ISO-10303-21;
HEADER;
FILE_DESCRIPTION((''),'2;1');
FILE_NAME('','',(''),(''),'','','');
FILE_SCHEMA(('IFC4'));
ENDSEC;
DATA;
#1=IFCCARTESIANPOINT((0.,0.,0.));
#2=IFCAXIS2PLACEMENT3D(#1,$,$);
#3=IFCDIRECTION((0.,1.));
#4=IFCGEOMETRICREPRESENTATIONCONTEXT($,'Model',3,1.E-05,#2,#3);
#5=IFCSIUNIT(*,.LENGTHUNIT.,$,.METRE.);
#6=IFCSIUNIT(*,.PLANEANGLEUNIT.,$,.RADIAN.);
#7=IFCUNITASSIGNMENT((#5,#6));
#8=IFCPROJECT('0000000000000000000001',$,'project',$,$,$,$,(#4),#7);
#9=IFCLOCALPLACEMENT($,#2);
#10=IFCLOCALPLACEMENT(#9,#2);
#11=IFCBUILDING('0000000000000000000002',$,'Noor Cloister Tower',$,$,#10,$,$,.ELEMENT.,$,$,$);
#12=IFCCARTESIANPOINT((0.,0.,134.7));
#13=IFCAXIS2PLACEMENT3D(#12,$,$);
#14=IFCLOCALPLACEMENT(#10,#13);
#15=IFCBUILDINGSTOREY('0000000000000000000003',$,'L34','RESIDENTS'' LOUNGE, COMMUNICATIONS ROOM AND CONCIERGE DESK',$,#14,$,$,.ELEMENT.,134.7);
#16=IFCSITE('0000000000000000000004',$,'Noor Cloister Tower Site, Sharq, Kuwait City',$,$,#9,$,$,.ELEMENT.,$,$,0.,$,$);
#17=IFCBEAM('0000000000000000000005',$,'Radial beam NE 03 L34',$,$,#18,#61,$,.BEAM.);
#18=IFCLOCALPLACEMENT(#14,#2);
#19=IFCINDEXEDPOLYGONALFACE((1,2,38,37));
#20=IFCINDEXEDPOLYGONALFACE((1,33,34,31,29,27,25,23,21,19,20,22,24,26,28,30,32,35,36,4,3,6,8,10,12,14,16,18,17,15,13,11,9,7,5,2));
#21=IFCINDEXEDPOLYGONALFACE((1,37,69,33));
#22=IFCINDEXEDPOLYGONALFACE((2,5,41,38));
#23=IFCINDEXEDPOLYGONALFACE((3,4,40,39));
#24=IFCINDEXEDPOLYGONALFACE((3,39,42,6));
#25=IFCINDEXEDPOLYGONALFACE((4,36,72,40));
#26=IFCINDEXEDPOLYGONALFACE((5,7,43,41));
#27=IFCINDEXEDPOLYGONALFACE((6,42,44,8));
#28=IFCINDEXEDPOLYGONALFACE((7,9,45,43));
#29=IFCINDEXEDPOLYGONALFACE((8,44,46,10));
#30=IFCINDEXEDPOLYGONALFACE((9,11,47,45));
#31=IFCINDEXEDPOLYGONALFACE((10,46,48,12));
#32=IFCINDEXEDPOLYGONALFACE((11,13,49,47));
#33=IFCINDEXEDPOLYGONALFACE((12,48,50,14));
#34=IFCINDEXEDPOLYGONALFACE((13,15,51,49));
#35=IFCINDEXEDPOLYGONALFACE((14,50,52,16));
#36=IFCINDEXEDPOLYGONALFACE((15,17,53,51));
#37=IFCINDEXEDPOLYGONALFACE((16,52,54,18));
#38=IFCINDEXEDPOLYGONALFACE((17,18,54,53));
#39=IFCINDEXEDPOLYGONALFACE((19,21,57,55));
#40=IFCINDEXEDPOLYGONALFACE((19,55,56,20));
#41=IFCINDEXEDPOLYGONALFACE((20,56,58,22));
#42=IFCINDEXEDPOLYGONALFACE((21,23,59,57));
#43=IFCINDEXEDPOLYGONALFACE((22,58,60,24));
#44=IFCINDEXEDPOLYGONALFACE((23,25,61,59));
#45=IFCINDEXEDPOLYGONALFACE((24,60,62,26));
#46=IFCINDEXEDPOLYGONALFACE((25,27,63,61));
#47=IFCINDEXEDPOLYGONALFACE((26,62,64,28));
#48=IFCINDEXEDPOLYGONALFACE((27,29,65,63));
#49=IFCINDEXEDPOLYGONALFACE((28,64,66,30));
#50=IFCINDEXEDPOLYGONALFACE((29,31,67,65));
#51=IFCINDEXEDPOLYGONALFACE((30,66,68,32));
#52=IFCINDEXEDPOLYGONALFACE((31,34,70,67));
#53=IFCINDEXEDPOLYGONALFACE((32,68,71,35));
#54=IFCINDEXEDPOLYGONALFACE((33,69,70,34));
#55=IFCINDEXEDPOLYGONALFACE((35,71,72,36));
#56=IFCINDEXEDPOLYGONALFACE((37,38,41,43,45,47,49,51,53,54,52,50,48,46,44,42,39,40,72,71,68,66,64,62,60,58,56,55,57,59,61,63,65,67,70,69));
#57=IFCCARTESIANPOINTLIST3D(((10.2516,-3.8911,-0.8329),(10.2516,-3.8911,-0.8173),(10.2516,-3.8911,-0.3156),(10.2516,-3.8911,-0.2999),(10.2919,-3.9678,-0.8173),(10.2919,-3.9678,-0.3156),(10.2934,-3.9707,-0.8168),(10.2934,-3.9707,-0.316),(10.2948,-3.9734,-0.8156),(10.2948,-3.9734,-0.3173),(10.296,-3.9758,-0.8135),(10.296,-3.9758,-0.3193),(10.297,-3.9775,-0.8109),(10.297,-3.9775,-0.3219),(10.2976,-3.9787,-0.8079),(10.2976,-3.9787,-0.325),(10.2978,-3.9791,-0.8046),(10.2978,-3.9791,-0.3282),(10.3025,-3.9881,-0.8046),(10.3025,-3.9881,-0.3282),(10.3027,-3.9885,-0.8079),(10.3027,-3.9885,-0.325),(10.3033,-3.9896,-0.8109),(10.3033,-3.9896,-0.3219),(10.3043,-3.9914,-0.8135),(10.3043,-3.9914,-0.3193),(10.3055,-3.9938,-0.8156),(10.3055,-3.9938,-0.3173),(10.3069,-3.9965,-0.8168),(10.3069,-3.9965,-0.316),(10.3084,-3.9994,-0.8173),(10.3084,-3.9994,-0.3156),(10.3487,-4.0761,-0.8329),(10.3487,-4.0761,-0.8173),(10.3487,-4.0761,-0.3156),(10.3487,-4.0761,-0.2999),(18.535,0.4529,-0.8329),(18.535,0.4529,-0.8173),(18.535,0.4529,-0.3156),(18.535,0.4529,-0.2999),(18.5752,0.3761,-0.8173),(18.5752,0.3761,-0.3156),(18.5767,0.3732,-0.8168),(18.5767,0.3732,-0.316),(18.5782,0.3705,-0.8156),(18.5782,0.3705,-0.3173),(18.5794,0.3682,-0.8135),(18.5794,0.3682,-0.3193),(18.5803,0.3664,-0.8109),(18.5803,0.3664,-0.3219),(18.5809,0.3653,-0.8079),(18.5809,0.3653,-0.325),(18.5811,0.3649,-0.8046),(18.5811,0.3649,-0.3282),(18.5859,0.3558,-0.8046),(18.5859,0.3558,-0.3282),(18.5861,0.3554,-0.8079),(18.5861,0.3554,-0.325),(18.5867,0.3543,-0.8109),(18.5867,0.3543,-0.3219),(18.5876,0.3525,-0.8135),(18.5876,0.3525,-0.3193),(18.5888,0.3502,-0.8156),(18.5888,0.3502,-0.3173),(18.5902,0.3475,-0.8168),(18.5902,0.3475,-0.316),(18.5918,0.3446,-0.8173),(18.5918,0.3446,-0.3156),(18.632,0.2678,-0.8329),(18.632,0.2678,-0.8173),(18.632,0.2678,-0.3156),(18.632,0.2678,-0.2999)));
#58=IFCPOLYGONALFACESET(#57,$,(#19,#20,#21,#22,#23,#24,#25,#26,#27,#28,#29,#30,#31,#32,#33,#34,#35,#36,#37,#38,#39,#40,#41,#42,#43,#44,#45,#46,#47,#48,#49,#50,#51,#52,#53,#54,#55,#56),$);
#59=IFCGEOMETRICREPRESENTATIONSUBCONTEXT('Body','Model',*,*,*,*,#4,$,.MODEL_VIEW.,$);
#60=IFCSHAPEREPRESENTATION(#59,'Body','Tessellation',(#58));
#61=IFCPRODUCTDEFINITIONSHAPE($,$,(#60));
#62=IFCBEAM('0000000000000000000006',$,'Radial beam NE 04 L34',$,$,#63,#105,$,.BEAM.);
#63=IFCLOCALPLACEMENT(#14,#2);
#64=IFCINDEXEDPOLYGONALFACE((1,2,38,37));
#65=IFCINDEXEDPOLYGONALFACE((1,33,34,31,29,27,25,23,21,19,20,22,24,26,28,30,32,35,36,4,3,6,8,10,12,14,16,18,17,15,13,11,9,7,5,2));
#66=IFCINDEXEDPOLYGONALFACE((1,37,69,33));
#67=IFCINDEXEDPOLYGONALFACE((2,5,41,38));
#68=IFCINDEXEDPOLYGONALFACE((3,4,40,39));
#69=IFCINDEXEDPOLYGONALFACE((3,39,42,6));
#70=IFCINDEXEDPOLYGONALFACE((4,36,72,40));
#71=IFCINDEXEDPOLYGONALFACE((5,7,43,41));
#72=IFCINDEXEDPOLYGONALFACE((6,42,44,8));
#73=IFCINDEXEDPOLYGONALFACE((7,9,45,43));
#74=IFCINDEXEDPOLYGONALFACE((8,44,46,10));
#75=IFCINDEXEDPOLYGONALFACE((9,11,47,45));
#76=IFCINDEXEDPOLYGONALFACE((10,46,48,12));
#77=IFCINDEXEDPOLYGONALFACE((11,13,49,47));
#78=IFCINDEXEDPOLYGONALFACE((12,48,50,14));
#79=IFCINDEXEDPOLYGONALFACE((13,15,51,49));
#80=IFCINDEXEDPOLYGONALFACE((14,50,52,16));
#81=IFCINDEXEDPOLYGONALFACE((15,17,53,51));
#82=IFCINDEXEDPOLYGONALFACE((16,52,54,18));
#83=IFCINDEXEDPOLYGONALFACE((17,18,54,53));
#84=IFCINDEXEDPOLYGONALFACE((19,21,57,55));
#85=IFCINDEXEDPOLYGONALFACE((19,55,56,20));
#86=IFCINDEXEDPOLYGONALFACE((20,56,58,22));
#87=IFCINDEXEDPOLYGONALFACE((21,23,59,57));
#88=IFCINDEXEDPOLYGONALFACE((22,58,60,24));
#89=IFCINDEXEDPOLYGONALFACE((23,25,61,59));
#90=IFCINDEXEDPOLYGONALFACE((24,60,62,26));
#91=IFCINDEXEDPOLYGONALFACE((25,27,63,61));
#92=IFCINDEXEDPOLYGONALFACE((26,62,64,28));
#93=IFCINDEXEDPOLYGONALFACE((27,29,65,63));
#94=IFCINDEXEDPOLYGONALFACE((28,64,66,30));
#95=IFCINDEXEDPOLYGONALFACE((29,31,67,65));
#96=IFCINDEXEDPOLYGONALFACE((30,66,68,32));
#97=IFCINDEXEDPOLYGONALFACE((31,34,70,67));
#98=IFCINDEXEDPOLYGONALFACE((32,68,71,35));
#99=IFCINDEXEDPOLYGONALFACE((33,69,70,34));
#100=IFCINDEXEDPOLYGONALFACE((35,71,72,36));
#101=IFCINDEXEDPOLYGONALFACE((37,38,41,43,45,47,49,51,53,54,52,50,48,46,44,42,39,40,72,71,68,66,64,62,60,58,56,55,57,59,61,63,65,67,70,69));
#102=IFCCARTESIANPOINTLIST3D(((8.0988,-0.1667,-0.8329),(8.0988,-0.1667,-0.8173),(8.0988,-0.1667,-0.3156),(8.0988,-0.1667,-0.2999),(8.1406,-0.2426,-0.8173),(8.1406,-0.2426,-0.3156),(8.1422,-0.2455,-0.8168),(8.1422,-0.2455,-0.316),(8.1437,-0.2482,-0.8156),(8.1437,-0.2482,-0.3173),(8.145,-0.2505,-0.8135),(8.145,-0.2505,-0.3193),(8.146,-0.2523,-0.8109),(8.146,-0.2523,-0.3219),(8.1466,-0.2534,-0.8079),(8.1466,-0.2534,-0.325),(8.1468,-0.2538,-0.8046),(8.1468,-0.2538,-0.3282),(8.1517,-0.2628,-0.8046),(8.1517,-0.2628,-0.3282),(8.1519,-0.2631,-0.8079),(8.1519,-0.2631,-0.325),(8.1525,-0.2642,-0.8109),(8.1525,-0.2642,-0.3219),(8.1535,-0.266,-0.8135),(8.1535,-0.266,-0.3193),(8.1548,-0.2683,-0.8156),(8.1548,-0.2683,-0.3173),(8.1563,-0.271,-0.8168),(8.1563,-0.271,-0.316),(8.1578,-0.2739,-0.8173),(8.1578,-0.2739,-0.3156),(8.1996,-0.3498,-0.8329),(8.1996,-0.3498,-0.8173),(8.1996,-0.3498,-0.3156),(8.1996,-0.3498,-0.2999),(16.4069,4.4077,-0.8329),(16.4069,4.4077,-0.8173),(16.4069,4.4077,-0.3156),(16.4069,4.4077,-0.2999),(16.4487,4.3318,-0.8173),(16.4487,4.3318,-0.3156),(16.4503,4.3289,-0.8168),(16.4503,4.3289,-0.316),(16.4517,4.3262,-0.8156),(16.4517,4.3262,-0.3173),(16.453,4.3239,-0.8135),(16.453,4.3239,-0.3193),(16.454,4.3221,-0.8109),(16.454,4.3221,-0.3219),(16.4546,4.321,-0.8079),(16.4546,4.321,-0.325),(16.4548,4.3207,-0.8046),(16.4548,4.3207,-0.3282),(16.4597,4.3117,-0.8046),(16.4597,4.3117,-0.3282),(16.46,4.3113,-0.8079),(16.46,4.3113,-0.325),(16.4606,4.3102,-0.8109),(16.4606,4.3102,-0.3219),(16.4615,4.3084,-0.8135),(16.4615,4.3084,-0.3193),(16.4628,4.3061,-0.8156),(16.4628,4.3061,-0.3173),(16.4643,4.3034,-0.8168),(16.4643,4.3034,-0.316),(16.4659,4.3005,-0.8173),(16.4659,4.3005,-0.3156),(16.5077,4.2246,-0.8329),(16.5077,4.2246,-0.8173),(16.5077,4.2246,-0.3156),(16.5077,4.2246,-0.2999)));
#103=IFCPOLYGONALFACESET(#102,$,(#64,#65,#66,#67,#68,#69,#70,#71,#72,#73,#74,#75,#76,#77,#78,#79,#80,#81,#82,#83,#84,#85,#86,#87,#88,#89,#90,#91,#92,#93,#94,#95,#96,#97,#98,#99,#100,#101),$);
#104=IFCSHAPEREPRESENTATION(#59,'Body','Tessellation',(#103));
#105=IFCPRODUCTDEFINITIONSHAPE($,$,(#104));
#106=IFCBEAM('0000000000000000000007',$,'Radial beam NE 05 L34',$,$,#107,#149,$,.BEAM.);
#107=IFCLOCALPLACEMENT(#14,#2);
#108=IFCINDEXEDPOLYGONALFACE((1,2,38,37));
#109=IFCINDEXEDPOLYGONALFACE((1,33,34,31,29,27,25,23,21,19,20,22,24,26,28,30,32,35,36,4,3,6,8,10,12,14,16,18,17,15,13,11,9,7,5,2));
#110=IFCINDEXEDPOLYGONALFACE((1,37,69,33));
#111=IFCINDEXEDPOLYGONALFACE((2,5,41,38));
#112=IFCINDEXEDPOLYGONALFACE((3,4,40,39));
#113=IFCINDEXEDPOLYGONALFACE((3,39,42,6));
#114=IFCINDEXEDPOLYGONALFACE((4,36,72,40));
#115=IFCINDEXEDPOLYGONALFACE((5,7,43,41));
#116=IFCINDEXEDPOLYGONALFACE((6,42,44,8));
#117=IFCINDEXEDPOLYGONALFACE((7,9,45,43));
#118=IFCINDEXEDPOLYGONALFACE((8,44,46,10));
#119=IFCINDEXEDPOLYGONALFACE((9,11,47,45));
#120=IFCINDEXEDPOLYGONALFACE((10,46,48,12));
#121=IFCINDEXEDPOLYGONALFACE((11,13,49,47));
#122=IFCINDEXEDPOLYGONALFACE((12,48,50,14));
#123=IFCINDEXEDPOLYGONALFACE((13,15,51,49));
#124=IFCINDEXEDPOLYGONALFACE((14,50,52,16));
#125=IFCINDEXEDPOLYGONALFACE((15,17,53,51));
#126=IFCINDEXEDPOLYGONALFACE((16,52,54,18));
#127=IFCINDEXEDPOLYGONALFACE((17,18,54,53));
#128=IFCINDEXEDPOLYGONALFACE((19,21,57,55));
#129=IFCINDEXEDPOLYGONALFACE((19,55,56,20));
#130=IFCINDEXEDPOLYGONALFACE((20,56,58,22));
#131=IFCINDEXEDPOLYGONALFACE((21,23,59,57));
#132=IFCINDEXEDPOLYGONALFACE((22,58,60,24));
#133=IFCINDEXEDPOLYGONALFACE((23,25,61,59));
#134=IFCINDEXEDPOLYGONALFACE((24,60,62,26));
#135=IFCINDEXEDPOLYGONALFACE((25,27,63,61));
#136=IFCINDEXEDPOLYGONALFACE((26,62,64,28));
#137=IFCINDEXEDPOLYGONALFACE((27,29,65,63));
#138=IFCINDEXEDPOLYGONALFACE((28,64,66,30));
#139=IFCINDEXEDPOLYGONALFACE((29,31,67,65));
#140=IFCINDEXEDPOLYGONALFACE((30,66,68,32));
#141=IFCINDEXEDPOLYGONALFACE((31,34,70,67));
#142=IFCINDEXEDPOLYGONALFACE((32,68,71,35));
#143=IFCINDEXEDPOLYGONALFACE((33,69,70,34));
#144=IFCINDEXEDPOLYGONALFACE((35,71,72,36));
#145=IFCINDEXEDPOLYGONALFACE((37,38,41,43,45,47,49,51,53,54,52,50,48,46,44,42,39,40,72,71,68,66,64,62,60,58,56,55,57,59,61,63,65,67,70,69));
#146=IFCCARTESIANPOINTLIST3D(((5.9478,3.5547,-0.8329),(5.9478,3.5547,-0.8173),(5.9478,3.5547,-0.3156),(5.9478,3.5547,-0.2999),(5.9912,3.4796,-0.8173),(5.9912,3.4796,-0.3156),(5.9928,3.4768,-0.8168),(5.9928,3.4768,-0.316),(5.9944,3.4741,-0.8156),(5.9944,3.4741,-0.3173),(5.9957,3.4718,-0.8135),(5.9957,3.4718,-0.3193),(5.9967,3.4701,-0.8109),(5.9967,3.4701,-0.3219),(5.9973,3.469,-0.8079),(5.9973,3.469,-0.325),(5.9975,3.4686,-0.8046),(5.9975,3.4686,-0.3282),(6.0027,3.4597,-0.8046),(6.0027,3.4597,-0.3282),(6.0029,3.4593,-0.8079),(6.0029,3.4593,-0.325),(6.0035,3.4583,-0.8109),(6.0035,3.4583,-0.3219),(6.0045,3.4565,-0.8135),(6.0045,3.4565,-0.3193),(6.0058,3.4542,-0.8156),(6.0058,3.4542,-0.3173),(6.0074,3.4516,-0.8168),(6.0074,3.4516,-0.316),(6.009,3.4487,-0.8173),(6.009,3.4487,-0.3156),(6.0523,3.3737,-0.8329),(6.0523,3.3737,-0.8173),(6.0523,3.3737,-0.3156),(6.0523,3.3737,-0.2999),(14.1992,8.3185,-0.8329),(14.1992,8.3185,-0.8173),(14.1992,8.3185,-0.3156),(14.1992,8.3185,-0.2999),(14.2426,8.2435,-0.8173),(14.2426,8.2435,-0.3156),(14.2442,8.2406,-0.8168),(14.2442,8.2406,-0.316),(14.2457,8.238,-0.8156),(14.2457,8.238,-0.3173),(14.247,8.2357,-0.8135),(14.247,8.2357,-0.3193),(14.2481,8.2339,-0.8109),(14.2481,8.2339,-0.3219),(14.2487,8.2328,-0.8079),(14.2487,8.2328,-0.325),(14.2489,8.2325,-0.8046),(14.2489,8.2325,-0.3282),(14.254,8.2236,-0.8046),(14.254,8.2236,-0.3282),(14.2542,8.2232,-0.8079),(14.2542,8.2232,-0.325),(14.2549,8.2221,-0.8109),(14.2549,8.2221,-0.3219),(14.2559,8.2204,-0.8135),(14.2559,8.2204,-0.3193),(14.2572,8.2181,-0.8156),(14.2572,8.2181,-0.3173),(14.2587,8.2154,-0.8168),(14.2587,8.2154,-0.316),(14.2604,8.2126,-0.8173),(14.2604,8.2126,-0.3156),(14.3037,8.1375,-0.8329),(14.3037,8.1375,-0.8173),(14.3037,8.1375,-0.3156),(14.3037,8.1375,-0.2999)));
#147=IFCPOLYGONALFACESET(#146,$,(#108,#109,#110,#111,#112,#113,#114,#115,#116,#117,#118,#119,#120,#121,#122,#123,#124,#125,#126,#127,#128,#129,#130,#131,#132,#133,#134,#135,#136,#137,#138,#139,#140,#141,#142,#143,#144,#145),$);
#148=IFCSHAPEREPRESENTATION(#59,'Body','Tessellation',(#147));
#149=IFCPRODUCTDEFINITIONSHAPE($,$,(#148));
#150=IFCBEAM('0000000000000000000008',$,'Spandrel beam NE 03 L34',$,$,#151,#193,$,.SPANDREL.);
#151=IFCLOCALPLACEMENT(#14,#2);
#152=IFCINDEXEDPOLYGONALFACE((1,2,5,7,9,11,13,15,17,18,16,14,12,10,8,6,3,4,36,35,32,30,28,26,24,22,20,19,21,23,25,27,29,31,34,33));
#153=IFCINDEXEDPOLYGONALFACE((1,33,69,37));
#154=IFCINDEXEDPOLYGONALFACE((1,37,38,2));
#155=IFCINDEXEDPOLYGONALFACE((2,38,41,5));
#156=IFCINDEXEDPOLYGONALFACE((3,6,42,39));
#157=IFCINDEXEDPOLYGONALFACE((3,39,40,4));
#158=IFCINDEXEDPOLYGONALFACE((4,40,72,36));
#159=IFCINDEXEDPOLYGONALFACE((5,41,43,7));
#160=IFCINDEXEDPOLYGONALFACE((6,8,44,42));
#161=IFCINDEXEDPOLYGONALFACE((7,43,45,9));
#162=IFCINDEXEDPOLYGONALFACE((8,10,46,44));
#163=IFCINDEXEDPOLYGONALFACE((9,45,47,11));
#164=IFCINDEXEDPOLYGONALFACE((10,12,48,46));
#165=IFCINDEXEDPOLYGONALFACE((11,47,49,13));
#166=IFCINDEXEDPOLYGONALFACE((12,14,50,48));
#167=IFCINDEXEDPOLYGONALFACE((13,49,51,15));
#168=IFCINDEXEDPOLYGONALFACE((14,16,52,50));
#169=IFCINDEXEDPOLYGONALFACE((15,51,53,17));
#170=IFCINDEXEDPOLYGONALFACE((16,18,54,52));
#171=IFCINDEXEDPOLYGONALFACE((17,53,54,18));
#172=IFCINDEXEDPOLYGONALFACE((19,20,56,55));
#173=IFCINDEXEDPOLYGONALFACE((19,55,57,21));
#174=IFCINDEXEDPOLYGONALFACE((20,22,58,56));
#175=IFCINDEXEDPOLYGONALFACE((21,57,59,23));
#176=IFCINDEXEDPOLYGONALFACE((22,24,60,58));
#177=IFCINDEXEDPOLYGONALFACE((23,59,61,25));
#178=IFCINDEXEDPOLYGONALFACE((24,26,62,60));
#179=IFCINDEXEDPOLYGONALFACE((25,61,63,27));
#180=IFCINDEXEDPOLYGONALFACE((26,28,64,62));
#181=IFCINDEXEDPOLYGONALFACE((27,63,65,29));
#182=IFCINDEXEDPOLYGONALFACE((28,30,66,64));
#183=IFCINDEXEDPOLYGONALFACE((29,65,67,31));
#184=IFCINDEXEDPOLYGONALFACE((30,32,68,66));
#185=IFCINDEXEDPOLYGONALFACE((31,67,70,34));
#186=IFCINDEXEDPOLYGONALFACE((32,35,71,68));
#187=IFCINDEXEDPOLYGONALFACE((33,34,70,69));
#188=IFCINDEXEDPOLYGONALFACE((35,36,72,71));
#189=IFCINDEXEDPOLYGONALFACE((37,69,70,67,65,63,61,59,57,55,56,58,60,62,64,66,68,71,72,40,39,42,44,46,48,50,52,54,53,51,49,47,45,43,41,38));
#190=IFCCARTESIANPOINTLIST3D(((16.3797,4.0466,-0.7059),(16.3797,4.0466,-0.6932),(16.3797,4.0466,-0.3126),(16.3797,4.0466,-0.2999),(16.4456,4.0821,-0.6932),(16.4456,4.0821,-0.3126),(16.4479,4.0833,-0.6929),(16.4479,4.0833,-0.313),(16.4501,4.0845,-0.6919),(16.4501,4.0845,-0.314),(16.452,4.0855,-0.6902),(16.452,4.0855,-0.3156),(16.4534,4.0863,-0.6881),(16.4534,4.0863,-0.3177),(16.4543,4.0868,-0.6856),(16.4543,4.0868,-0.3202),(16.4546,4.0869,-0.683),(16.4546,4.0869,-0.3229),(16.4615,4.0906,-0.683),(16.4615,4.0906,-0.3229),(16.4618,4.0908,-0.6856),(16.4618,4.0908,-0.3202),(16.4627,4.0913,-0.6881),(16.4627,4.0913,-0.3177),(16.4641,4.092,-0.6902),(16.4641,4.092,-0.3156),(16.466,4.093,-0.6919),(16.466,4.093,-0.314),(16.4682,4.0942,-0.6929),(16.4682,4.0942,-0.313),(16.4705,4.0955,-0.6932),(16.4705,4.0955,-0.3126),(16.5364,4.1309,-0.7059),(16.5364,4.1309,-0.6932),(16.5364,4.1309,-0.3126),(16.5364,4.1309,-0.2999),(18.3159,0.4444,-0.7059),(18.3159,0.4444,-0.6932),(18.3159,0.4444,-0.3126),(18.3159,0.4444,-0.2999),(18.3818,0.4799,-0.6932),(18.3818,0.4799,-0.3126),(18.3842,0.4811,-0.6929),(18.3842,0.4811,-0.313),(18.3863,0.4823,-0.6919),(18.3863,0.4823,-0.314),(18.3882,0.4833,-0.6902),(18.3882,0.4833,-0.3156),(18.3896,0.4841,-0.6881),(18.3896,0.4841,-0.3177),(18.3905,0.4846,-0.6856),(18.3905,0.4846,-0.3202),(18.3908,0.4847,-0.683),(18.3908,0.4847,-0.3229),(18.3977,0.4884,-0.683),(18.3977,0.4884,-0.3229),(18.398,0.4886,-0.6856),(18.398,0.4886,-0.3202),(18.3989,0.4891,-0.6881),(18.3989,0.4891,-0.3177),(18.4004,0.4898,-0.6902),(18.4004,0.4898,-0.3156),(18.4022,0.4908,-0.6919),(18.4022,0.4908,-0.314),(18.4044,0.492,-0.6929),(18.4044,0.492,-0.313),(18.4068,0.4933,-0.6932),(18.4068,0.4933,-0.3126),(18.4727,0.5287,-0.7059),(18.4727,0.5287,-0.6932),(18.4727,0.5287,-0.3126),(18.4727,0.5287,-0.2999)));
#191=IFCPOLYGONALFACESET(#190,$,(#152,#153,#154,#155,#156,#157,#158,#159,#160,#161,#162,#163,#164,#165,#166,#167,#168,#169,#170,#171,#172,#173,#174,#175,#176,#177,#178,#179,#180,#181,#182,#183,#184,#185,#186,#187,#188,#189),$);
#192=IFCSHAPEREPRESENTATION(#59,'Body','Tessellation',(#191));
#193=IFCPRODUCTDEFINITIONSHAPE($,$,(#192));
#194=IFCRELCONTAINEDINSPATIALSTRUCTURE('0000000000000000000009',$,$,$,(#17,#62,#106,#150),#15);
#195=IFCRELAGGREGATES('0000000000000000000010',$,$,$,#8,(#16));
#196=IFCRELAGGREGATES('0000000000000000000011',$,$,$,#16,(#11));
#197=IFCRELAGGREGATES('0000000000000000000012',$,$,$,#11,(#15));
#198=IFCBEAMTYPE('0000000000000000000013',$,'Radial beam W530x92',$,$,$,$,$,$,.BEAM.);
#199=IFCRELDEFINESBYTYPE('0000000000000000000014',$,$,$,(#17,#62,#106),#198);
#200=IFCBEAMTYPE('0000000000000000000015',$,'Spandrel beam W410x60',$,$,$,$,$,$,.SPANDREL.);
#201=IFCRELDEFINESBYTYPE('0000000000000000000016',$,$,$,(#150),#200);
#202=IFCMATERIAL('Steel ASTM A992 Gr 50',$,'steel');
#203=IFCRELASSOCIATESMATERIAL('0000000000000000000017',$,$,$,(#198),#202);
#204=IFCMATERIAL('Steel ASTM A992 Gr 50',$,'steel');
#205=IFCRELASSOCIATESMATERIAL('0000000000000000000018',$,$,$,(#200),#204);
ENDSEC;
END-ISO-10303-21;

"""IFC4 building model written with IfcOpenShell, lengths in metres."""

from ifc_helpers import new_model, si_unit, direction, frame, origin, origin_2d, place, context, subcontext, project, spatial, i_section, extrude, material, material_profile, profile_set, type_object, element, save


model = new_model("IFC4")

# Units and contexts
model_context = context("Model", 3, precision=1e-05, world=origin(), true_north=direction((0.0, 1.0)))
body_context = subcontext(model_context, "Body", "Model", "MODEL_VIEW")
ifc_project = project(units=[si_unit("LENGTHUNIT", "METRE"), si_unit("PLANEANGLEUNIT", "RADIAN")], contexts=[model_context])

# Site, building, storey
site_placement = place(None, origin())
site = spatial("IfcSite", under=ifc_project, at=site_placement, Name="Noor Cloister Tower Site, Sharq, Kuwait City", CompositionType="ELEMENT", RefElevation=0.0)
building_placement = place(site_placement, origin())
building = spatial("IfcBuilding", under=site, at=building_placement, Name="Noor Cloister Tower", CompositionType="ELEMENT")
storey_placement = place(building_placement, frame((0.0, 0.0, 134.7)))
storey = spatial("IfcBuildingStorey", under=building, at=storey_placement, Name="L34", Description="RESIDENTS' LOUNGE, COMMUNICATIONS ROOM AND CONCIERGE DESK", CompositionType="ELEMENT", Elevation=134.7)

# Beams
ifc_material_1 = material(Name="Steel ASTM A992 Gr 50", Category="steel")
ifc_material_profile_1 = material_profile(ifc_material_1, i_section(OverallWidth=0.209, OverallDepth=0.533, WebThickness=0.0103, FlangeThickness=0.0156, FilletRadius=0.0127, at=origin_2d()), Name="W530x92")
ifc_profile_set_1 = profile_set([ifc_material_profile_1], Name="Steel ASTM A992 Gr 50")
beam_type_1 = type_object("IfcBeamType", Name="Radial beam W530x92", PredefinedType="BEAM", material=ifc_profile_set_1)
beam_1_placement = place(storey_placement, frame((18.5835, 0.3604, -0.5664), z_axis=(-0.88561, -0.46443, 0.0), x_axis=(0.46443, -0.88561, 0.0)))
element("IfcBeam", 1, at=beam_1_placement, inside=storey, type_object=beam_type_1, Name="Radial beam NE 03 L34", PredefinedType="BEAM", context=body_context, shape_type="SweptSolid", body=[
    extrude(i_section(OverallWidth=0.209, OverallDepth=0.533, WebThickness=0.0103, FlangeThickness=0.0156, FilletRadius=0.0127, at=origin_2d()), origin(), (0.0, 0.0, 1.0), 9.3533),
])
beam_2_placement = place(storey_placement, frame((16.4573, 4.3162, -0.5664), z_axis=(-0.875993, -0.482324, 0.0), x_axis=(0.482324, -0.875993, 0.0)))
element("IfcBeam", 2, at=beam_2_placement, inside=storey, type_object=beam_type_1, Name="Radial beam NE 04 L34", PredefinedType="BEAM", context=body_context, shape_type="SweptSolid", body=[
    extrude(i_section(OverallWidth=0.209, OverallDepth=0.533, WebThickness=0.0103, FlangeThickness=0.0156, FilletRadius=0.0127, at=origin_2d()), origin(), (0.0, 0.0, 1.0), 9.4841),
])
beam_3_placement = place(storey_placement, frame((14.2515, 8.228, -0.5664), z_axis=(-0.866029, -0.499995, 0.0), x_axis=(0.499995, -0.866029, 0.0)))
element("IfcBeam", 3, at=beam_3_placement, inside=storey, type_object=beam_type_1, Name="Radial beam NE 05 L34", PredefinedType="BEAM", context=body_context, shape_type="SweptSolid", body=[
    extrude(i_section(OverallWidth=0.209, OverallDepth=0.533, WebThickness=0.0103, FlangeThickness=0.0156, FilletRadius=0.0127, at=origin_2d()), origin(), (0.0, 0.0, 1.0), 9.5278),
])
ifc_material_2 = material(Name="Steel ASTM A992 Gr 50", Category="steel")
ifc_material_profile_2 = material_profile(ifc_material_2, i_section(OverallWidth=0.178, OverallDepth=0.406, WebThickness=0.0078, FlangeThickness=0.0127, FilletRadius=0.0103, at=origin_2d()), Name="W410x60")
ifc_profile_set_2 = profile_set([ifc_material_profile_2], Name="Steel ASTM A992 Gr 50")
beam_type_2 = type_object("IfcBeamType", Name="Spandrel beam W410x60", PredefinedType="SPANDREL", material=ifc_profile_set_2)
for number, where, z_axis, x_axis, name in (
    (4, (18.3943, 0.4866, -0.5029), (-0.473452, 0.88082, 0.0), (-0.88082, -0.473452, 0.0), "Spandrel beam NE 03 L34"),
):
    element("IfcBeam", number, at=place(storey_placement, frame(where, z_axis=z_axis, x_axis=x_axis)), inside=storey, type_object=beam_type_2, Name=name, PredefinedType="SPANDREL", context=body_context, shape_type="SweptSolid", body=[
        extrude(i_section(OverallWidth=0.178, OverallDepth=0.406, WebThickness=0.0078, FlangeThickness=0.0127, FilletRadius=0.0103, at=origin_2d()), origin(), (0.0, 0.0, 1.0), 4.0896),
    ])

save(model, "model.ifc")
